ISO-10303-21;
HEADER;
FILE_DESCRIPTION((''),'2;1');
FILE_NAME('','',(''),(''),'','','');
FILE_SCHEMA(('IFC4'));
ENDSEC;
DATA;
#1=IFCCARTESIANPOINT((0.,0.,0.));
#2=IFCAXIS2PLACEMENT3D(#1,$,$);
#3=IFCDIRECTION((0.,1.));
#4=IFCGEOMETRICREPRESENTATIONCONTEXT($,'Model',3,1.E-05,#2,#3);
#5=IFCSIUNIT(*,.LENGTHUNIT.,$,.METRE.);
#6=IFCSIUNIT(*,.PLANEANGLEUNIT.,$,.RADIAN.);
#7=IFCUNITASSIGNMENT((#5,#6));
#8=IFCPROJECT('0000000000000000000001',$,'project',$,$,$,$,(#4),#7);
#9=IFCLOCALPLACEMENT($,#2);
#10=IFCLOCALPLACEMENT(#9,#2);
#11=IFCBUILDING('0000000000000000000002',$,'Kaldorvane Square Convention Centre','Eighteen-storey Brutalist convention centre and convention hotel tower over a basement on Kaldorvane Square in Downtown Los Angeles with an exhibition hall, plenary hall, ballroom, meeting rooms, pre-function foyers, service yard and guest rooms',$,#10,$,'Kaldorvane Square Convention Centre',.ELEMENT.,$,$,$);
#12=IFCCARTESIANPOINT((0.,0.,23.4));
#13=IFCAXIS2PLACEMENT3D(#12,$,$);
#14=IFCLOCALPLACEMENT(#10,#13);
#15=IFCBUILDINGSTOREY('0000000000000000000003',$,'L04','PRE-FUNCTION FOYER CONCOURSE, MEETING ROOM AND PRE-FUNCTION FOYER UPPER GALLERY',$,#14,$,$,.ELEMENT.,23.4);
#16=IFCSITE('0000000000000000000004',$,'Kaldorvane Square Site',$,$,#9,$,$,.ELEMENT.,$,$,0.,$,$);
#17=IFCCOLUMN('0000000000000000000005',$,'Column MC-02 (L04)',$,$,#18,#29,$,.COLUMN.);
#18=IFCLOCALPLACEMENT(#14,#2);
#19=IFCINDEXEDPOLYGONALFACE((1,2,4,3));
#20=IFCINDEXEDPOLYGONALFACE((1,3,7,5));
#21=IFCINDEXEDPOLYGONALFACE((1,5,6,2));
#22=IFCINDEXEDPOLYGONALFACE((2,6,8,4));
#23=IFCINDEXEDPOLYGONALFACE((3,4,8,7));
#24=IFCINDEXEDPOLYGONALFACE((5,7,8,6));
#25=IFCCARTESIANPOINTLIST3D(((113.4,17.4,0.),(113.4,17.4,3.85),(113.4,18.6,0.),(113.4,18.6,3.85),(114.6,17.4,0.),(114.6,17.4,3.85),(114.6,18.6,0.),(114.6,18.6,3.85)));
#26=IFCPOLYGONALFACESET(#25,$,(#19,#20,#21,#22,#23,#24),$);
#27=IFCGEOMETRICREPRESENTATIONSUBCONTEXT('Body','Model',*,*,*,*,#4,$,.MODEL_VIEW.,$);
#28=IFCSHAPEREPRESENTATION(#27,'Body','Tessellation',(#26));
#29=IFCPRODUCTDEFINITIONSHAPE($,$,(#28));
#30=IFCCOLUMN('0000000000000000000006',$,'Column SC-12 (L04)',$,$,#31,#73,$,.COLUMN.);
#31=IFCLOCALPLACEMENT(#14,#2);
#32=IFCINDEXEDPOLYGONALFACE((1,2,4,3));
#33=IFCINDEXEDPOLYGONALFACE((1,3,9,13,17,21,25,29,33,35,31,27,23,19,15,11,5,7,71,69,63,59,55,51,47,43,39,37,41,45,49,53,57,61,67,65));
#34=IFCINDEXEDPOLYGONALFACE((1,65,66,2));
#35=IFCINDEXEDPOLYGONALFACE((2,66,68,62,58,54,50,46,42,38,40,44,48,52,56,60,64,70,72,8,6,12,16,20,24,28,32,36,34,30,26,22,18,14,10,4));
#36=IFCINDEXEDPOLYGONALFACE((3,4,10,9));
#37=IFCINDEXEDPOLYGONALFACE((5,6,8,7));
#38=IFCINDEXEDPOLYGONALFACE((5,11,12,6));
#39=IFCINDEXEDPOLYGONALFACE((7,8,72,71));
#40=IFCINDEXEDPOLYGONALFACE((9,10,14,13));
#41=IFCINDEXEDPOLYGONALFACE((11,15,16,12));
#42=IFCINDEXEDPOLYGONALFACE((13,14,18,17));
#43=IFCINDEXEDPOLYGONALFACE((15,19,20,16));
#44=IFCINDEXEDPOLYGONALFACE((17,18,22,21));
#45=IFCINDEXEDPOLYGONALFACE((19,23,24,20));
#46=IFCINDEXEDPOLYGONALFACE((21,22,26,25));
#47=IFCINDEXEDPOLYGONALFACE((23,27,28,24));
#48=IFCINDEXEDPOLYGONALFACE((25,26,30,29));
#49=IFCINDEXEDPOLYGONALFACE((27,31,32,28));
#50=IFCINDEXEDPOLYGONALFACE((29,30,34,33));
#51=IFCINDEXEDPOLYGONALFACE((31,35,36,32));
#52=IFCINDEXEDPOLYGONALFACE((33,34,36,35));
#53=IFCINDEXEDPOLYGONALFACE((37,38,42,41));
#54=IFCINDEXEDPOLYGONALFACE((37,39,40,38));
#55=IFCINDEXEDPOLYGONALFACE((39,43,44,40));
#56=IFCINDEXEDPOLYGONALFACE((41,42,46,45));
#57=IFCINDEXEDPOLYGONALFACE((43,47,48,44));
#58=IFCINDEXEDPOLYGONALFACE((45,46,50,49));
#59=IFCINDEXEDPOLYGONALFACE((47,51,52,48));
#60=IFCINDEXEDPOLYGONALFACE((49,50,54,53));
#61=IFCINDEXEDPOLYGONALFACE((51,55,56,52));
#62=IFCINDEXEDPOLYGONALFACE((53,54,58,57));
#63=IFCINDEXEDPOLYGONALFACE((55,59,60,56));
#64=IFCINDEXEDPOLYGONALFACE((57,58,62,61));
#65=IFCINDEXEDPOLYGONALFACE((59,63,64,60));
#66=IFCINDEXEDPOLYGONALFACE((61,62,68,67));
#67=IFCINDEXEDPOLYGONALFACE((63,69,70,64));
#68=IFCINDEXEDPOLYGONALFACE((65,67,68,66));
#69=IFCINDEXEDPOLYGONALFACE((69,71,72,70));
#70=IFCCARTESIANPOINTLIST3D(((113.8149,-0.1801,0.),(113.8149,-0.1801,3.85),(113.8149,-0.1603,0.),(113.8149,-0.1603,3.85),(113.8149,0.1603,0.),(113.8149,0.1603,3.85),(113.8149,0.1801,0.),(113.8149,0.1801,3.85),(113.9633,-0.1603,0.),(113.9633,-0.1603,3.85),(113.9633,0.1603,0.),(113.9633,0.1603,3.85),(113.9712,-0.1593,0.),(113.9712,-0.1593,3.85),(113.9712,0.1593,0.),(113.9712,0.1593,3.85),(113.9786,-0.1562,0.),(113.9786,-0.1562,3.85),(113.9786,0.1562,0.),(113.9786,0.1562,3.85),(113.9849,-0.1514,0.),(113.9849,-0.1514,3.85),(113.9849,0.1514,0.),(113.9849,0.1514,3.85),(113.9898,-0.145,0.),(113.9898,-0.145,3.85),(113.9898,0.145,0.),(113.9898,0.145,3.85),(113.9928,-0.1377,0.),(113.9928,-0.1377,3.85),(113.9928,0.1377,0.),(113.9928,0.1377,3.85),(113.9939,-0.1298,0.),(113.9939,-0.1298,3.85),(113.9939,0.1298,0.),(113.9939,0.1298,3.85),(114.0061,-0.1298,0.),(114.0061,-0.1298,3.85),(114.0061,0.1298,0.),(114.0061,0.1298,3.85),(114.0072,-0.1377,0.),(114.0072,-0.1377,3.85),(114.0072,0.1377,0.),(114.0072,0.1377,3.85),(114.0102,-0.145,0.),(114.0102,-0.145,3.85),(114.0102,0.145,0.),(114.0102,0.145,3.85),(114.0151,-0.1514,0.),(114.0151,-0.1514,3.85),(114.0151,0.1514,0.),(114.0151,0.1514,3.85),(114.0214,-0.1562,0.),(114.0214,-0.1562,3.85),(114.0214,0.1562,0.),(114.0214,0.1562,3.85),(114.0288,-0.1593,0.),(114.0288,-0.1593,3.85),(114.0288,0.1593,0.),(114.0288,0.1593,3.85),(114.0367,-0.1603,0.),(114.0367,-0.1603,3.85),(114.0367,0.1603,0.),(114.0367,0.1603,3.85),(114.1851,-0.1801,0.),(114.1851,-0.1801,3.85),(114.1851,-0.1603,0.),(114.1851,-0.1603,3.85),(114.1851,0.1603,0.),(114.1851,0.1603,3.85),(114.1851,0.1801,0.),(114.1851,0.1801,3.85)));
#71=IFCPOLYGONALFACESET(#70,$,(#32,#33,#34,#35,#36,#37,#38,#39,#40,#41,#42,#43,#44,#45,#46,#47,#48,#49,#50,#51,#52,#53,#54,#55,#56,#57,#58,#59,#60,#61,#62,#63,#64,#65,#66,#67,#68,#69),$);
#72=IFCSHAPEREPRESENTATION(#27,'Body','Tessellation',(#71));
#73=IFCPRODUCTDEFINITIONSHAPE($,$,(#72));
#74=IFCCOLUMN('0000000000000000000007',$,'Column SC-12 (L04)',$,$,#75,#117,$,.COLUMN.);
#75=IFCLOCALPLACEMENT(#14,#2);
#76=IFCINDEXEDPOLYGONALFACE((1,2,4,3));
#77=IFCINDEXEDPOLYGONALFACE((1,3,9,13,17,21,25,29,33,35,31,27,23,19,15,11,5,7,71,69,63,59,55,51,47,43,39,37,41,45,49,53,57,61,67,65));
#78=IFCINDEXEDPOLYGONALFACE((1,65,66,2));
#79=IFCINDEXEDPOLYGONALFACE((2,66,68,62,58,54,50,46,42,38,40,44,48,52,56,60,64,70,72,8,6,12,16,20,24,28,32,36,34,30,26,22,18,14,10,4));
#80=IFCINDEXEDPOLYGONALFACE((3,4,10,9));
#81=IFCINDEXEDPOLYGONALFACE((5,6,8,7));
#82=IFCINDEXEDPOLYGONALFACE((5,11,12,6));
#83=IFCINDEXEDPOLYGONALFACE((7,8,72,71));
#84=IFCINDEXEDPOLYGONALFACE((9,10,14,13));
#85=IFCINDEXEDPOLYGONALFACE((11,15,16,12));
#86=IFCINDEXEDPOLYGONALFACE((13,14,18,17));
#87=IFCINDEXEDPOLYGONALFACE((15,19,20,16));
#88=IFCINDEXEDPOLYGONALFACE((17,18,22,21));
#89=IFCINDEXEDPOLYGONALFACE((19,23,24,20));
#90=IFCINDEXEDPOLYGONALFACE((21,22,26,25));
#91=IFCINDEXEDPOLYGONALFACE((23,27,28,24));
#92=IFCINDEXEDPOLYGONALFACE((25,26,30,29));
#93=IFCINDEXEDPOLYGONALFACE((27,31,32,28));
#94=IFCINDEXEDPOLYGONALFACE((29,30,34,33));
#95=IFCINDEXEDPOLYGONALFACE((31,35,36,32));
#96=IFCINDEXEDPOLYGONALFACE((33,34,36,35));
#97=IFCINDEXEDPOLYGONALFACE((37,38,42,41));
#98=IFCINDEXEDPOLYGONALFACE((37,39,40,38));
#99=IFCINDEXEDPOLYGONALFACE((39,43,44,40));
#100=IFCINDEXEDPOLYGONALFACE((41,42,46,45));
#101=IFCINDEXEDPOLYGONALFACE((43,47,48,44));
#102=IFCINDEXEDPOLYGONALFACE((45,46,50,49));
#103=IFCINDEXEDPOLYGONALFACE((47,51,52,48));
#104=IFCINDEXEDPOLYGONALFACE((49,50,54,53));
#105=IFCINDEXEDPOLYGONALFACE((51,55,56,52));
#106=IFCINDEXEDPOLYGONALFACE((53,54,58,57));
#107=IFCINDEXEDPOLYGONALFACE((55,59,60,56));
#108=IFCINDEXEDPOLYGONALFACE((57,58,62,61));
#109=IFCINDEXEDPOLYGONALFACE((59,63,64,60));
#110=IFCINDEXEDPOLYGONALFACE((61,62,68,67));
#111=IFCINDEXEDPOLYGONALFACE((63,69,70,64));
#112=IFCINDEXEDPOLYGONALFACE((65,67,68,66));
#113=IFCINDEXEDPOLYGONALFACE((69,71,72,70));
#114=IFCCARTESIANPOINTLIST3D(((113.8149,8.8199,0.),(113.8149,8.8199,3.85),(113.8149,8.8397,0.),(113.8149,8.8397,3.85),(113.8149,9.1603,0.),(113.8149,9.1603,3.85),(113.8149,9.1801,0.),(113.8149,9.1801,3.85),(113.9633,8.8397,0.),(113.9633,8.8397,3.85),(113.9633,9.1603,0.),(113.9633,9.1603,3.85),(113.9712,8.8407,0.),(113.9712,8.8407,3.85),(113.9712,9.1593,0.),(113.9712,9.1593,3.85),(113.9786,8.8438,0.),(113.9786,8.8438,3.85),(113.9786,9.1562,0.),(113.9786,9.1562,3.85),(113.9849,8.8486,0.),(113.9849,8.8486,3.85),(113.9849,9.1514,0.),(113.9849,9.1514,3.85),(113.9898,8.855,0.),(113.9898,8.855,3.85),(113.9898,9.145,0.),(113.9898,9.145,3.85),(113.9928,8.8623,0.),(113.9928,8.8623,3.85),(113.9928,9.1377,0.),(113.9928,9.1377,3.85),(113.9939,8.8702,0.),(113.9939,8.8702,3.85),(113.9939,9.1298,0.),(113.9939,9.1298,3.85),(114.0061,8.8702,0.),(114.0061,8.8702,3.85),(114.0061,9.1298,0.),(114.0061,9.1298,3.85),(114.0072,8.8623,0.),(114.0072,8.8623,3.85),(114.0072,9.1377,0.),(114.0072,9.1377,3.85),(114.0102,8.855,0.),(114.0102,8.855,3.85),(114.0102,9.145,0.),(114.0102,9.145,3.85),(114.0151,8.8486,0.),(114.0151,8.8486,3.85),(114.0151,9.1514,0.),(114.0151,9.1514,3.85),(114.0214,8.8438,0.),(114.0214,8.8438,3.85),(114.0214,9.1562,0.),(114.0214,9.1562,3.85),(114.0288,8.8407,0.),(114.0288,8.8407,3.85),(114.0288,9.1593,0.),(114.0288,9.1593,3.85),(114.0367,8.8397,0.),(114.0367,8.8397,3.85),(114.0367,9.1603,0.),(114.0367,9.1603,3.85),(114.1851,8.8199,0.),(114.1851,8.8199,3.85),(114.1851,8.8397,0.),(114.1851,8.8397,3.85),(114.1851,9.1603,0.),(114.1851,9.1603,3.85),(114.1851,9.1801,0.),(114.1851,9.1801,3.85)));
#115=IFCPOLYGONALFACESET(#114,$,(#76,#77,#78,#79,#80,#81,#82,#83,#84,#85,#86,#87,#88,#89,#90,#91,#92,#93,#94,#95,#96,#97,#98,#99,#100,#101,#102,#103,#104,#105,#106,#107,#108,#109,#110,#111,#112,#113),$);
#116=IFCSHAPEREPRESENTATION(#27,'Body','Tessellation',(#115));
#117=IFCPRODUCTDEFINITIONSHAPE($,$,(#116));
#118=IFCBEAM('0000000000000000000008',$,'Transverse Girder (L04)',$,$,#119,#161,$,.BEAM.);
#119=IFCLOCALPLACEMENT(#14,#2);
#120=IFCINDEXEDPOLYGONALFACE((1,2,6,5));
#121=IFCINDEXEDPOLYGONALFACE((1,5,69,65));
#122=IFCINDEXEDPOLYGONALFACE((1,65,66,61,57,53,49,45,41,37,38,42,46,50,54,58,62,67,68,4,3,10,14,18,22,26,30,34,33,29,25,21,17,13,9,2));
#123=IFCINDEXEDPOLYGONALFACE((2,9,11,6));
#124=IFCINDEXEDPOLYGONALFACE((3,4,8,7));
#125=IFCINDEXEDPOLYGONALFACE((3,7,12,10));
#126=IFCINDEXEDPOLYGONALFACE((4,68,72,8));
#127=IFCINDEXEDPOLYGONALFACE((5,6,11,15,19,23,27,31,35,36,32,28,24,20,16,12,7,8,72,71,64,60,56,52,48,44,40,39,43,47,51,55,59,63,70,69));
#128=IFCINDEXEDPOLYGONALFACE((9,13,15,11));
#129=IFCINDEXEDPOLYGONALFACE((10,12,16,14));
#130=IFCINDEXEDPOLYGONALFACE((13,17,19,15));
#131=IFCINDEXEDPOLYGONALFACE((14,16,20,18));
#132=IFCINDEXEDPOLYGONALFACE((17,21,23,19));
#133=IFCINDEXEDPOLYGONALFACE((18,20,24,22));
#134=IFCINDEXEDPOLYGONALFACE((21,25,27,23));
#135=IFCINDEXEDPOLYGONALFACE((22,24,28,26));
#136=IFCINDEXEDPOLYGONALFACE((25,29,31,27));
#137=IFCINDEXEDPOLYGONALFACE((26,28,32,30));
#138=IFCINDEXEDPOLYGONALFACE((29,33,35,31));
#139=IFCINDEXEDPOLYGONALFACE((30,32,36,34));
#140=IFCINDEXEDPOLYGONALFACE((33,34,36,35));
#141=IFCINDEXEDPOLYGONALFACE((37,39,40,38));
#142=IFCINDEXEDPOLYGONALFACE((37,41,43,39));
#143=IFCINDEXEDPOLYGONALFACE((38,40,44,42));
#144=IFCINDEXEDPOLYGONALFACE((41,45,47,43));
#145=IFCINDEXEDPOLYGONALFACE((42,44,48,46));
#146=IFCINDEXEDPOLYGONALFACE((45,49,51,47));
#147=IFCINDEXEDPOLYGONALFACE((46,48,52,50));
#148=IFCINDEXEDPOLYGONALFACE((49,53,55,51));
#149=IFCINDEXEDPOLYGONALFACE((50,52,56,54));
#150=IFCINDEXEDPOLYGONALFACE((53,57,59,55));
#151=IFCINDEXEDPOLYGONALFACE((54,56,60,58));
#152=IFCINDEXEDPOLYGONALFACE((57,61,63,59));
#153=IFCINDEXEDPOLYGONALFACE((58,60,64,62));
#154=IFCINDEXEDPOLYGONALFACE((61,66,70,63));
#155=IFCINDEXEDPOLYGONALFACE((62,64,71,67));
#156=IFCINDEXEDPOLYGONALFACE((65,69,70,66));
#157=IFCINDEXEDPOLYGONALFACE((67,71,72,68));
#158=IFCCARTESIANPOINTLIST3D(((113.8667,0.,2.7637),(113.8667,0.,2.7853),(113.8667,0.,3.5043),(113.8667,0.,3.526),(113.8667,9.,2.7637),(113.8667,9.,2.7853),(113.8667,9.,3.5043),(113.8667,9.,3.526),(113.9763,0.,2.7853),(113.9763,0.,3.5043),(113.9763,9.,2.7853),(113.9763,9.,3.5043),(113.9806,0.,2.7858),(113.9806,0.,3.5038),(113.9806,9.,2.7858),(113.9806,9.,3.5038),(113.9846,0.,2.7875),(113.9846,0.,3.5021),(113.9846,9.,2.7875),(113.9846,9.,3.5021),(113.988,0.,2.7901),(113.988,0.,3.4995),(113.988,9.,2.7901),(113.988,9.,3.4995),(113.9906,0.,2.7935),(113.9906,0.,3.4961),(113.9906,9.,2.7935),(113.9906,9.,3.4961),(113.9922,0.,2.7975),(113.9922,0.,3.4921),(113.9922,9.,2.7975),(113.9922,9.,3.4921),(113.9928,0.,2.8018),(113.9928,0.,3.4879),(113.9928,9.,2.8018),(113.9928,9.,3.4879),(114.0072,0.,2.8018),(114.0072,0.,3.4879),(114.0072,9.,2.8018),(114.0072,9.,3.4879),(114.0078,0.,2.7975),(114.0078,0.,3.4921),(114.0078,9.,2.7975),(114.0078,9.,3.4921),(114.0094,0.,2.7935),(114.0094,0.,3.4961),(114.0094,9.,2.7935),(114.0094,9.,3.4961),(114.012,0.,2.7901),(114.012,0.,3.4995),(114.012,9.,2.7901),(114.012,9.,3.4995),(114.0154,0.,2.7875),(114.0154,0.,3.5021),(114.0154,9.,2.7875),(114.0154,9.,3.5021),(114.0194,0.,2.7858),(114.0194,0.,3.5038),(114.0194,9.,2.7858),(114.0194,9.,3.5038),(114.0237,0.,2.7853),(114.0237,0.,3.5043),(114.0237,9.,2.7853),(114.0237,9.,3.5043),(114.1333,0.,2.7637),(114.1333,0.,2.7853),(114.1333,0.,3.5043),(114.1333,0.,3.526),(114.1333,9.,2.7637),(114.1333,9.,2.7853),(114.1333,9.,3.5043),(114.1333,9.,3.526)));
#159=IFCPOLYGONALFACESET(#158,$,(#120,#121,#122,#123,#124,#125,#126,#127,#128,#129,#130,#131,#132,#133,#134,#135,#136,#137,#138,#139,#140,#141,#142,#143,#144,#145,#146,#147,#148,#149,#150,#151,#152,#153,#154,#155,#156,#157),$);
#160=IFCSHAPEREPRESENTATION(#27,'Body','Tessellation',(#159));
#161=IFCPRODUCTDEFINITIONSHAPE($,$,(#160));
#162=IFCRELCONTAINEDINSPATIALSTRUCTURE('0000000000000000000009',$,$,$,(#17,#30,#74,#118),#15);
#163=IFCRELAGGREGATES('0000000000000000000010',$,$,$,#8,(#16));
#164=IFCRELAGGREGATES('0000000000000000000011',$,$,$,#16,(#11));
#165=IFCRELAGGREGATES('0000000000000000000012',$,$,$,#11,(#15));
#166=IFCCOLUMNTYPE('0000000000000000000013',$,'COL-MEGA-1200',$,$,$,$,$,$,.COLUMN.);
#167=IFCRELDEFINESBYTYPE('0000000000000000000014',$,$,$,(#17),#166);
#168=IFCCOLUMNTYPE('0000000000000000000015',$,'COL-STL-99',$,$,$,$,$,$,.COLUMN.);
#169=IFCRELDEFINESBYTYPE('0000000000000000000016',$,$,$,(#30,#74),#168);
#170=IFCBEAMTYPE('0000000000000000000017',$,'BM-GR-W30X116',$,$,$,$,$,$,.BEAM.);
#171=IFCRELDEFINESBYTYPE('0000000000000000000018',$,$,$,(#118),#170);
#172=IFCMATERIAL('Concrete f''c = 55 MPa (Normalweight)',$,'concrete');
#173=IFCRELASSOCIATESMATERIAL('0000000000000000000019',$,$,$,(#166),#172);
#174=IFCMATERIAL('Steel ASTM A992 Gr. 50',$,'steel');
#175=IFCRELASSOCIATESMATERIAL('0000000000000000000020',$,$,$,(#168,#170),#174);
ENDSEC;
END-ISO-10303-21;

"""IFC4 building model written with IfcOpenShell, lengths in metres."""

from ifc_helpers import new_model, si_unit, direction, frame, origin, origin_2d, place, context, subcontext, project, spatial, rectangle, i_section, extrude, material, material_profile, profile_set, type_object, element, save


model = new_model("IFC4")

# Units and contexts
model_context = context("Model", 3, precision=1e-05, world=origin(), true_north=direction((0.0, 1.0)))
body_context = subcontext(model_context, "Body", "Model", "MODEL_VIEW")
ifc_project = project(units=[si_unit("LENGTHUNIT", "METRE"), si_unit("PLANEANGLEUNIT", "RADIAN")], contexts=[model_context])

# Site, building, storey
site_placement = place(None, origin())
site = spatial("IfcSite", under=ifc_project, at=site_placement, Name="Kaldorvane Square Site", CompositionType="ELEMENT", RefElevation=0.0)
building_placement = place(site_placement, origin())
building = spatial("IfcBuilding", under=site, at=building_placement, Name="Kaldorvane Square Convention Centre", Description="Eighteen-storey Brutalist convention centre and convention hotel tower over a basement on Kaldorvane Square in Downtown Los Angeles with an exhibition hall, plenary hall, ballroom, meeting rooms, pre-function foyers, service yard and guest rooms", LongName="Kaldorvane Square Convention Centre", CompositionType="ELEMENT")
storey_placement = place(building_placement, frame((0.0, 0.0, 23.4)))
storey = spatial("IfcBuildingStorey", under=building, at=storey_placement, Name="L04", Description="PRE-FUNCTION FOYER CONCOURSE, MEETING ROOM AND PRE-FUNCTION FOYER UPPER GALLERY", CompositionType="ELEMENT", Elevation=23.4)

# Columns
ifc_material_1 = material(Name="Concrete f'c = 55 MPa (Normalweight)", Category="concrete")
ifc_material_profile_1 = material_profile(ifc_material_1, rectangle(XDim=1.2, YDim=1.2, at=origin_2d()), Name="RC1200X1200")
ifc_profile_set_1 = profile_set([ifc_material_profile_1], Name="Concrete f'c = 55 MPa (Normalweight)")
column_type_1 = type_object("IfcColumnType", Name="COL-MEGA-1200", PredefinedType="COLUMN", material=ifc_profile_set_1)
column_placement = place(storey_placement, frame((114.0, 18.0, 0.0), z_axis=(0.0, 0.0, 1.0), x_axis=(1.0, 0.0, 0.0)))
element("IfcColumn", 1, at=column_placement, inside=storey, type_object=column_type_1, Name="Column MC-02 (L04)", PredefinedType="COLUMN", context=body_context, shape_type="SweptSolid", body=[
    extrude(rectangle(XDim=1.2, YDim=1.2, at=origin_2d()), origin(), (0.0, 0.0, 1.0), 3.85),
])
ifc_material_2 = material(Name="Steel ASTM A992 Gr. 50", Category="steel")
ifc_material_profile_2 = material_profile(ifc_material_2, i_section(OverallWidth=0.3701, OverallDepth=0.3602, WebThickness=0.0123, FlangeThickness=0.0198, FilletRadius=0.0305, at=origin_2d()), Name="W14X99")
ifc_profile_set_2 = profile_set([ifc_material_profile_2], Name="Steel ASTM A992 Gr. 50")
column_type_2 = type_object("IfcColumnType", Name="COL-STL-99", PredefinedType="COLUMN", material=ifc_profile_set_2)
for number, where, z_axis, x_axis, name in (
    (2, (114.0, 0.0, 0.0), (0.0, 0.0, 1.0), (1.0, 0.0, 0.0), "Column SC-12 (L04)"),
    (3, (114.0, 9.0, 0.0), (0.0, 0.0, 1.0), (1.0, 0.0, 0.0), "Column SC-12 (L04)"),
):
    element("IfcColumn", number, at=place(storey_placement, frame(where, z_axis=z_axis, x_axis=x_axis)), inside=storey, type_object=column_type_2, Name=name, PredefinedType="COLUMN", context=body_context, shape_type="SweptSolid", body=[
        extrude(i_section(OverallWidth=0.3701, OverallDepth=0.3602, WebThickness=0.0123, FlangeThickness=0.0198, FilletRadius=0.0305, at=origin_2d()), origin(), (0.0, 0.0, 1.0), 3.85),
    ])

# Beam
ifc_material_profile_3 = material_profile(ifc_material_2, i_section(OverallWidth=0.2666, OverallDepth=0.7623, WebThickness=0.0144, FlangeThickness=0.0216, FilletRadius=0.0165, at=origin_2d()), Name="W30X116")
ifc_profile_set_3 = profile_set([ifc_material_profile_3], Name="Steel ASTM A992 Gr. 50")
beam_type_1 = type_object("IfcBeamType", Name="BM-GR-W30X116", PredefinedType="BEAM", material=ifc_profile_set_3)
for number, where, z_axis, x_axis, name in (
    (4, (114.0, 0.0, 3.1448), (0.0, 1.0, 0.0), (-1.0, 0.0, 0.0), "Transverse Girder (L04)"),
):
    element("IfcBeam", number, at=place(storey_placement, frame(where, z_axis=z_axis, x_axis=x_axis)), inside=storey, type_object=beam_type_1, Name=name, PredefinedType="BEAM", context=body_context, shape_type="SweptSolid", body=[
        extrude(i_section(OverallWidth=0.2666, OverallDepth=0.7623, WebThickness=0.0144, FlangeThickness=0.0216, FilletRadius=0.0165, at=origin_2d()), origin(), (0.0, 0.0, 1.0), 9.0),
    ])

save(model, "model.ifc")
